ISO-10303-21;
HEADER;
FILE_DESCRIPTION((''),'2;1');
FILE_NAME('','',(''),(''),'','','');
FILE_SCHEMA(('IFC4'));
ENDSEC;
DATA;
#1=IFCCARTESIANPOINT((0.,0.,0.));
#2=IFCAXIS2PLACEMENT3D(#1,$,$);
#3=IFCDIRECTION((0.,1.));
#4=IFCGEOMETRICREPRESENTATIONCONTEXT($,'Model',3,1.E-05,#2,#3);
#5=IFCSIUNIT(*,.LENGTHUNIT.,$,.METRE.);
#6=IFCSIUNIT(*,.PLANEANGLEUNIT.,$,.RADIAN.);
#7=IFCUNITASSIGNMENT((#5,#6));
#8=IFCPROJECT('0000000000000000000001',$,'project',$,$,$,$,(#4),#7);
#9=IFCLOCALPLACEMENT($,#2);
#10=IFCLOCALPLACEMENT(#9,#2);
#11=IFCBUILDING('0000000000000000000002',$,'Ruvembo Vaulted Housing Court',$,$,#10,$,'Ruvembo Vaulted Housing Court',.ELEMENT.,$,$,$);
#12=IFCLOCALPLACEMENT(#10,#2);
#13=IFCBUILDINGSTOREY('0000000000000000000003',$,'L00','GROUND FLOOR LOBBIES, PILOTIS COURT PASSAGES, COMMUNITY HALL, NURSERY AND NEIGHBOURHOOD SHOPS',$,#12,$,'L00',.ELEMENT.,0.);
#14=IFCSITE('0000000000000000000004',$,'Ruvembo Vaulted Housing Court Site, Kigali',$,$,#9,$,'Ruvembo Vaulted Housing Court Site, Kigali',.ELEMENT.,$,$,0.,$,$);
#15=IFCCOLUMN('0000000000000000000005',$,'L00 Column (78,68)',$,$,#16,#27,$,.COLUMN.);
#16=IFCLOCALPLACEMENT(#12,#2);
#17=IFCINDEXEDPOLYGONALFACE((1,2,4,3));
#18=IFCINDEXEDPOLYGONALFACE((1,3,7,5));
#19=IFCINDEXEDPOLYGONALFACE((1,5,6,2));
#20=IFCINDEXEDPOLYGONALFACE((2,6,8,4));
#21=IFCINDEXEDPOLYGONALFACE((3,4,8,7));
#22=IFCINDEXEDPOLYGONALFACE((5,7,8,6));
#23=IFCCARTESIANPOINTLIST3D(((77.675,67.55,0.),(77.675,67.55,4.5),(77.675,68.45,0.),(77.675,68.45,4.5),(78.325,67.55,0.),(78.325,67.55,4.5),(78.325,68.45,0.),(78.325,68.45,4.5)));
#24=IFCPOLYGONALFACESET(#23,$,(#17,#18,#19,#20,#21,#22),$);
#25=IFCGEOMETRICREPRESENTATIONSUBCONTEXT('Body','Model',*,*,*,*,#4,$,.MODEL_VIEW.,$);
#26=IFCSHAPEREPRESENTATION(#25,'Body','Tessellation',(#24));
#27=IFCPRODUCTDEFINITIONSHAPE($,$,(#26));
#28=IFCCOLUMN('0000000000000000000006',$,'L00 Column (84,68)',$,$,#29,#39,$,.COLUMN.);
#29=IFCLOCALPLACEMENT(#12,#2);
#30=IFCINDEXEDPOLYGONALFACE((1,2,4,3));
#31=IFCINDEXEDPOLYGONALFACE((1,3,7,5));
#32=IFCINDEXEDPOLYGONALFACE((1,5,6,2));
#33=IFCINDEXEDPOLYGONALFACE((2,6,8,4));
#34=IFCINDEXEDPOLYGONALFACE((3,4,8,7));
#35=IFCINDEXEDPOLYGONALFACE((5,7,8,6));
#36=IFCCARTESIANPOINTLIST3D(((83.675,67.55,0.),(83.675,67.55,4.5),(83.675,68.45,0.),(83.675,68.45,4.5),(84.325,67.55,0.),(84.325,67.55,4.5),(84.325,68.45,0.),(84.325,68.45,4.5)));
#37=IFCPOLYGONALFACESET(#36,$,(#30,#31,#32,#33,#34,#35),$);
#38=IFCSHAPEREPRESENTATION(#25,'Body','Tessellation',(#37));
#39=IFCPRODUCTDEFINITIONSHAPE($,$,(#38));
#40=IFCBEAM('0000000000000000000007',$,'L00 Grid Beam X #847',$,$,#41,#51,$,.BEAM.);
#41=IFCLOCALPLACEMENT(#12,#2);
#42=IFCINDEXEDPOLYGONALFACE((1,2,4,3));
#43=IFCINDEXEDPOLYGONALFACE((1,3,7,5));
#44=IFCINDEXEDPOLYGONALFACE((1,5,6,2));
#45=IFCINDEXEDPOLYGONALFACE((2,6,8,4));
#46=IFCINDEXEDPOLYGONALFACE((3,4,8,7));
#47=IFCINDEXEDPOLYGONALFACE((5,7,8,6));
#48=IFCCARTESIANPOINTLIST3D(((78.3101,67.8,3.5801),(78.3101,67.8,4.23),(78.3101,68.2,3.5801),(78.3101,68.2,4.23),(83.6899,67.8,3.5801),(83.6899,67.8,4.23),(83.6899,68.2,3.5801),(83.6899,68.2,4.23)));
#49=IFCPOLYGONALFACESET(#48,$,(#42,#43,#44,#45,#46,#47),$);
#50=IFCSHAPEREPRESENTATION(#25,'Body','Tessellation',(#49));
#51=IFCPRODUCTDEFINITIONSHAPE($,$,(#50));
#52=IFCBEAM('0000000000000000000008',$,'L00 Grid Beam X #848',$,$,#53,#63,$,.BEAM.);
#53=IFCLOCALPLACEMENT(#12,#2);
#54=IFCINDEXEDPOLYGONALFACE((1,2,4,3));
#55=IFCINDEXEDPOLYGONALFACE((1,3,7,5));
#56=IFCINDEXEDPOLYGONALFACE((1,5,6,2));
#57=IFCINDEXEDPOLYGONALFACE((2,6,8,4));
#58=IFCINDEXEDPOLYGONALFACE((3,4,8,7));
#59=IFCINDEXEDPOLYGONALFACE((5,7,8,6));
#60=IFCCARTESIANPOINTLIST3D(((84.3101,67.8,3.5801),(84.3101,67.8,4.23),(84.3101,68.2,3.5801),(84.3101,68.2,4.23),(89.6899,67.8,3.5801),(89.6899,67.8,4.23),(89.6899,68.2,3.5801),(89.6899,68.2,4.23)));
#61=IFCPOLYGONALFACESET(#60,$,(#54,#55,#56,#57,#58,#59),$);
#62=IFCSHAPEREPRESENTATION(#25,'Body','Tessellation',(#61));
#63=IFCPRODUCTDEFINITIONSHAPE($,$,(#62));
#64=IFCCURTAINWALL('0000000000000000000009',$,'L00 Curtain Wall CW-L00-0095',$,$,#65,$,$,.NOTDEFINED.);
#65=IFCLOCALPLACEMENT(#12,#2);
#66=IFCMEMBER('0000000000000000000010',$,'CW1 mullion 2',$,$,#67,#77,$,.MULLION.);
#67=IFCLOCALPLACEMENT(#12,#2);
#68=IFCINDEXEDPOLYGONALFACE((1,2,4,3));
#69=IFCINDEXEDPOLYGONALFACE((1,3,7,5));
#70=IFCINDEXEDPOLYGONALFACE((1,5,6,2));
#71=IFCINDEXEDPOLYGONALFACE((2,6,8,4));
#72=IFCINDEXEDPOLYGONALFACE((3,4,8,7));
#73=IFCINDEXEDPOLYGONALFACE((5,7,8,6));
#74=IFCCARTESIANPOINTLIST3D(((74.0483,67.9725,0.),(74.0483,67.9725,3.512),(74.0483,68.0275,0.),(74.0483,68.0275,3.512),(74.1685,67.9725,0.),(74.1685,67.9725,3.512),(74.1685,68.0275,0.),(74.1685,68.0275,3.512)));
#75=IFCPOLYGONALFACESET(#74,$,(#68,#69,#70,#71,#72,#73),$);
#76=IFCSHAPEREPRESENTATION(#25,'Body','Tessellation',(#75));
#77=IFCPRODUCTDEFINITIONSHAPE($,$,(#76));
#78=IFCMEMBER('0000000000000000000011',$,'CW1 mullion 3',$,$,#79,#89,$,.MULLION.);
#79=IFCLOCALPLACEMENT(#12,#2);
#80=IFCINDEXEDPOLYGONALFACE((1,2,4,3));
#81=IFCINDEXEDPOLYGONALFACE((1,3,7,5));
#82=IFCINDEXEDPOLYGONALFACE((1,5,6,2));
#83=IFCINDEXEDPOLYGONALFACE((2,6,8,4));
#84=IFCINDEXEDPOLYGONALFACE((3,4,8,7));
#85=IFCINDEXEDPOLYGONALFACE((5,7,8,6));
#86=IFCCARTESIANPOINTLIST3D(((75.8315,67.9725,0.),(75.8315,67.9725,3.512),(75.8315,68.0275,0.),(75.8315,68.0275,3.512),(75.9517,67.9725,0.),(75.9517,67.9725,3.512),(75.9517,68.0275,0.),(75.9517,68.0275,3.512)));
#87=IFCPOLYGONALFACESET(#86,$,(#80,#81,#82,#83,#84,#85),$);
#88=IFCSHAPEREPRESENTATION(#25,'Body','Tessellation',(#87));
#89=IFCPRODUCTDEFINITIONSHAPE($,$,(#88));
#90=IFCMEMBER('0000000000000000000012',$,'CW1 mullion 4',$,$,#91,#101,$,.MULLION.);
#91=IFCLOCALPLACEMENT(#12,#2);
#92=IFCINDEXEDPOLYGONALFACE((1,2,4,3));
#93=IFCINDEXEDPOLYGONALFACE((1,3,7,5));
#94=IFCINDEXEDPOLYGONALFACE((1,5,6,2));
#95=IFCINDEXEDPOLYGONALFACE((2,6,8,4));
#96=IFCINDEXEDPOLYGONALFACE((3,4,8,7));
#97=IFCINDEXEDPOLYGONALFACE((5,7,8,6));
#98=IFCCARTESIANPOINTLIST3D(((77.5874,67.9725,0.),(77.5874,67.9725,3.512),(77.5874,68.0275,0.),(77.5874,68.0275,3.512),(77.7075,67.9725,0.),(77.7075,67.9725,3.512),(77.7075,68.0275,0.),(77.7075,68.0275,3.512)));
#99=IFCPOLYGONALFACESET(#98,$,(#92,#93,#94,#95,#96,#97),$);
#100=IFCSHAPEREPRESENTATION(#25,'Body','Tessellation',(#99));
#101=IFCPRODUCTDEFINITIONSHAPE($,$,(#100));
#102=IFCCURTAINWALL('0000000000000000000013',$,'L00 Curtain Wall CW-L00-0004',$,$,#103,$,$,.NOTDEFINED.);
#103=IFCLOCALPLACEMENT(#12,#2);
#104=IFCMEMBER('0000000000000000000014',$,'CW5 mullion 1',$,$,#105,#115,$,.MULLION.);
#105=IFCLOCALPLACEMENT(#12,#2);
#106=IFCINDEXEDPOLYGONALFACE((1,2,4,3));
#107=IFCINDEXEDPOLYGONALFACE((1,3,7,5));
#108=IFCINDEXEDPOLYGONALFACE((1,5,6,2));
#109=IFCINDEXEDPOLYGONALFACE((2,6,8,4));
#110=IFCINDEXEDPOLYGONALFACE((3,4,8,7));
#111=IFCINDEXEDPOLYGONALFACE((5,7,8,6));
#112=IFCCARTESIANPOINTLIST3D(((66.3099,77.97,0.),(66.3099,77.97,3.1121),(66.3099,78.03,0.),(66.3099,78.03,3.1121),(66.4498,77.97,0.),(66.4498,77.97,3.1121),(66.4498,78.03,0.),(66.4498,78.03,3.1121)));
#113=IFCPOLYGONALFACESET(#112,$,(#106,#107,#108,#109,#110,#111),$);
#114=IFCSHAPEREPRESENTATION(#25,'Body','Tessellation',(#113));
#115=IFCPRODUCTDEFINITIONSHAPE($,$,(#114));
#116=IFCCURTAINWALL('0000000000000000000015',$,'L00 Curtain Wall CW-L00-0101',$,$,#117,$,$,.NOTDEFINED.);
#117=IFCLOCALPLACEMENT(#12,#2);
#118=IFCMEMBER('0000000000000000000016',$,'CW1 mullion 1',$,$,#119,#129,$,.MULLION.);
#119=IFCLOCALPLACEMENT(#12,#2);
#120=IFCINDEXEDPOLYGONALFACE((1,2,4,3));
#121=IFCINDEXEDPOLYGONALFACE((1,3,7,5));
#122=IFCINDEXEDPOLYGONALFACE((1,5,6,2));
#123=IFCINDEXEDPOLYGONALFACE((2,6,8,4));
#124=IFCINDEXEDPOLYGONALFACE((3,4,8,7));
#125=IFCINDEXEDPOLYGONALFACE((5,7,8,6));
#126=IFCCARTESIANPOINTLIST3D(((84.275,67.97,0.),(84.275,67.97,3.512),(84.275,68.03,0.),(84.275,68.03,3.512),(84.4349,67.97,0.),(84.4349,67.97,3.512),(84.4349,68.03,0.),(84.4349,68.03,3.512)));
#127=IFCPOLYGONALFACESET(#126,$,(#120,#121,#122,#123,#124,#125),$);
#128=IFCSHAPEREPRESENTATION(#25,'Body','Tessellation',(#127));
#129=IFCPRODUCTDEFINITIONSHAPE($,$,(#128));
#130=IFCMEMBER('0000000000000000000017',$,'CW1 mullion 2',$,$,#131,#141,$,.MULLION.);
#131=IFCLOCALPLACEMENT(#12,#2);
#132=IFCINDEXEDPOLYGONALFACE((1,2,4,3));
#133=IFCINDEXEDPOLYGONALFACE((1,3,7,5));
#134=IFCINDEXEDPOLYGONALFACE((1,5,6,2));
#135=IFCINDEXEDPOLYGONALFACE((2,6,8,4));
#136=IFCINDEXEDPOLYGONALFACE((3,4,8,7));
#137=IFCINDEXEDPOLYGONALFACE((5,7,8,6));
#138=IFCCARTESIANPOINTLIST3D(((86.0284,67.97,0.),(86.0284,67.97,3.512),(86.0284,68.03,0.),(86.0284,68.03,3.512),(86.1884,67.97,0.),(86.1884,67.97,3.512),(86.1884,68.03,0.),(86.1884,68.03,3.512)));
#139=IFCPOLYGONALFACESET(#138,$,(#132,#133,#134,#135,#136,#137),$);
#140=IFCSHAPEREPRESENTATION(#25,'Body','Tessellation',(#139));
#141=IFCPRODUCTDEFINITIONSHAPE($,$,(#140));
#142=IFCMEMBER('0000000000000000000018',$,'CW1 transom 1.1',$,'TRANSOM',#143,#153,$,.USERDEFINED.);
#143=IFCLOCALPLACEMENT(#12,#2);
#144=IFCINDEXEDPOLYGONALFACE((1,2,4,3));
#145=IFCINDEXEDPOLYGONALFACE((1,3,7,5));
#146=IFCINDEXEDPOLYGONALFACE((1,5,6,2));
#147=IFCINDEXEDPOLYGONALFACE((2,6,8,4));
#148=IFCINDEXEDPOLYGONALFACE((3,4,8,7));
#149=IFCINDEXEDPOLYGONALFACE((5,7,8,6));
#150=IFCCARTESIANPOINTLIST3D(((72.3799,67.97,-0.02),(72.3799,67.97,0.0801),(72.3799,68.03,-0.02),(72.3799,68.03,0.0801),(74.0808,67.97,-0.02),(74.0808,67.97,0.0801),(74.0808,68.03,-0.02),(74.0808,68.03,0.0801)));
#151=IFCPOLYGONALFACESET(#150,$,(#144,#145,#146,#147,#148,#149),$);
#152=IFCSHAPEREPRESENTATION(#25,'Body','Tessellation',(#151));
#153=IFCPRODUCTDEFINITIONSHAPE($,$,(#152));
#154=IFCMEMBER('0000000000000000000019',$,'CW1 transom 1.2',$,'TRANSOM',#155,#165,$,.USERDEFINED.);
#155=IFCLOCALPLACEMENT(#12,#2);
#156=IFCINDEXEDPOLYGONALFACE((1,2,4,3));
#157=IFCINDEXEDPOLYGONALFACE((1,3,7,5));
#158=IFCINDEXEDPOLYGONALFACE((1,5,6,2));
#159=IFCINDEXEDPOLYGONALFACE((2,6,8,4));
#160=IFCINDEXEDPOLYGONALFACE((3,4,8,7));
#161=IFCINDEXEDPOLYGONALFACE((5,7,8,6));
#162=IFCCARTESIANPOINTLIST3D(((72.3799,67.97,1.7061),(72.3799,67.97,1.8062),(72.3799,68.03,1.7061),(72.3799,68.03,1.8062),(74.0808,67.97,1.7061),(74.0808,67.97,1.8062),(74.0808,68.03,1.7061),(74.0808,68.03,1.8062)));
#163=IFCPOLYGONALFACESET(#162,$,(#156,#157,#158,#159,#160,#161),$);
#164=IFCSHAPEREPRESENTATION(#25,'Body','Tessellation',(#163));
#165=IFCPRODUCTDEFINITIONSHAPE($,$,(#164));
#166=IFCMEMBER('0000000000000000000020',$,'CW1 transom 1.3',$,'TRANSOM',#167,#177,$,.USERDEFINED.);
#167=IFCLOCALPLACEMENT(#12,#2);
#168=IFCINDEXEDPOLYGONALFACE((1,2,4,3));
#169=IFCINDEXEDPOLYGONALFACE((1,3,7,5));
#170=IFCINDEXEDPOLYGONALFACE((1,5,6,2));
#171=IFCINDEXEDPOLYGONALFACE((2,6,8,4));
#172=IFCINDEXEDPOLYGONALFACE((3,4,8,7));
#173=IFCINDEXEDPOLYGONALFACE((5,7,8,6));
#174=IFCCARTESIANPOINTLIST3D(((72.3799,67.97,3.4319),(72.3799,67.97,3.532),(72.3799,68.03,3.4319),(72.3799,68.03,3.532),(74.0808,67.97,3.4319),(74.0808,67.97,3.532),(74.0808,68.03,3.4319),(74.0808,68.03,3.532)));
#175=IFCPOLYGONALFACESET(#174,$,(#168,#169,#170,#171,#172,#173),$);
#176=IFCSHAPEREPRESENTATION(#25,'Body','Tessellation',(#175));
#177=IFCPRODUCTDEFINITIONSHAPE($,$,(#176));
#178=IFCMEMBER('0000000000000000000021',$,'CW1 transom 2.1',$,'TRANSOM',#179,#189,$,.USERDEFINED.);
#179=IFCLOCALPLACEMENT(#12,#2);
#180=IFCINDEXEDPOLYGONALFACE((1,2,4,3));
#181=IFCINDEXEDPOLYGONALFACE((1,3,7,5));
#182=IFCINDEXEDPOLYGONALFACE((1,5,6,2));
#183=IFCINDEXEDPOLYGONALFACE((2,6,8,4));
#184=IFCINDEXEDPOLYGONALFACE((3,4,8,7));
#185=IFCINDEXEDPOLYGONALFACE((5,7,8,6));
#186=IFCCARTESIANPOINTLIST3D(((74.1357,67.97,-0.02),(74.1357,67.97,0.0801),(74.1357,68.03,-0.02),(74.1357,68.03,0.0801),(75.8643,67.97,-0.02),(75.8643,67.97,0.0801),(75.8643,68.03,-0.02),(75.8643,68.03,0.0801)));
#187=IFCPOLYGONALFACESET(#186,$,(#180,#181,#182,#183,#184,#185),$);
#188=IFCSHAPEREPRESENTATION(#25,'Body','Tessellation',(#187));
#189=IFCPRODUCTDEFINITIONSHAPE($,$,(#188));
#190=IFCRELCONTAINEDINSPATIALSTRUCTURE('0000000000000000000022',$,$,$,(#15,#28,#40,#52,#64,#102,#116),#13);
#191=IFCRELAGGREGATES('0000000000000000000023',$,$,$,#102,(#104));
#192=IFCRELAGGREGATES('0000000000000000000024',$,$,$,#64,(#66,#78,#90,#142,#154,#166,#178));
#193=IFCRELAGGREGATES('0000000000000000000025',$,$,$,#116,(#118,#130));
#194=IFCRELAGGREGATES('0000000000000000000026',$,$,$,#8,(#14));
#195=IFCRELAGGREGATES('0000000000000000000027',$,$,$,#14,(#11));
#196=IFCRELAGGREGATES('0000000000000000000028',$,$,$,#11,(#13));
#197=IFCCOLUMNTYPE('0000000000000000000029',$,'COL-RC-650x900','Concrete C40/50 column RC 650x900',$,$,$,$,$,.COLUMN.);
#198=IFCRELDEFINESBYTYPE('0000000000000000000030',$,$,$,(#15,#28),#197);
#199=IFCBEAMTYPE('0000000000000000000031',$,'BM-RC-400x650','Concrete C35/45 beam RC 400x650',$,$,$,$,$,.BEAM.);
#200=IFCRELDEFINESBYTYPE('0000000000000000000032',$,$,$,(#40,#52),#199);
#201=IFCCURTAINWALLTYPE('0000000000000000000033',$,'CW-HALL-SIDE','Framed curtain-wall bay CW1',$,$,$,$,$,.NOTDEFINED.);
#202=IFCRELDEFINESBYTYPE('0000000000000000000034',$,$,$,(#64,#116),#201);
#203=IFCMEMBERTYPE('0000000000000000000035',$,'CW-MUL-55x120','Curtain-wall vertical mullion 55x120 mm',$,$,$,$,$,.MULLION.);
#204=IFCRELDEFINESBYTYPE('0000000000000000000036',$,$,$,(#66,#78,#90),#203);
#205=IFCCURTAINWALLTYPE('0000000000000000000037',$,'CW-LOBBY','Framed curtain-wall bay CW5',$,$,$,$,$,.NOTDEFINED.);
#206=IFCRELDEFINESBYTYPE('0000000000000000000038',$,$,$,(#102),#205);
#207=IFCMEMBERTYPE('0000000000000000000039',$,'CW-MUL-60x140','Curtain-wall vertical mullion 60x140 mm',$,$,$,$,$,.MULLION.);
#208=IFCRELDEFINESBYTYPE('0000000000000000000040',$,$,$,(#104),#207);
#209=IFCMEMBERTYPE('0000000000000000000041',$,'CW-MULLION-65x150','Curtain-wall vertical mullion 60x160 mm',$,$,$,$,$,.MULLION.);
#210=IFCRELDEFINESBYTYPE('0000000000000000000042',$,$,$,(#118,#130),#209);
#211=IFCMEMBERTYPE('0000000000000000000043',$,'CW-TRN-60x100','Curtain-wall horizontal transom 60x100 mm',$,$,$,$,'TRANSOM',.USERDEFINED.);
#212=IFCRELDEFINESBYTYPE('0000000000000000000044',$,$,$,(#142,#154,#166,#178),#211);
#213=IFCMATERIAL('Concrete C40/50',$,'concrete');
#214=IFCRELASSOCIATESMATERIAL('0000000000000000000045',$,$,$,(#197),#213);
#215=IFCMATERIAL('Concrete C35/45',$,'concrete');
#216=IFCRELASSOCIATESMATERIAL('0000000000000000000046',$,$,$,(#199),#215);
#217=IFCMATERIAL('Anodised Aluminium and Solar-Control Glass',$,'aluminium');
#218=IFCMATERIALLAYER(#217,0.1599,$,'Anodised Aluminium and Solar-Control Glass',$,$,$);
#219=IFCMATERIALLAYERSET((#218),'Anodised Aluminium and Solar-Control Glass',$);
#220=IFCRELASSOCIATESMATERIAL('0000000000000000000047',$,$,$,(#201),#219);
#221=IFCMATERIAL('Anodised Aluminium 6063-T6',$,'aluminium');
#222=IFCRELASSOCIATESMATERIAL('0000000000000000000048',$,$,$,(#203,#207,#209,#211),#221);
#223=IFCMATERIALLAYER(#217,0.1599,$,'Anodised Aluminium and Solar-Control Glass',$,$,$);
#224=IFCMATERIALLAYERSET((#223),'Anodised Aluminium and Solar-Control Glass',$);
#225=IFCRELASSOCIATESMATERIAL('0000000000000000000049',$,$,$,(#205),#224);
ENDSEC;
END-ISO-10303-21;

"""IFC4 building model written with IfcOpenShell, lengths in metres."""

from ifc_helpers import new_model, si_unit, direction, frame, origin, origin_2d, place, context, subcontext, project, spatial, rectangle, extrude, material, layer, layer_set, material_profile, profile_set, type_object, element, aggregate, save


model = new_model("IFC4")

# Units and contexts
model_context = context("Model", 3, precision=1e-05, world=origin(), true_north=direction((0.0, 1.0)))
body_context = subcontext(model_context, "Body", "Model", "MODEL_VIEW")
ifc_project = project(units=[si_unit("LENGTHUNIT", "METRE"), si_unit("PLANEANGLEUNIT", "RADIAN")], contexts=[model_context])

# Site, building, storey
site_placement = place(None, origin())
site = spatial("IfcSite", under=ifc_project, at=site_placement, Name="Ruvembo Vaulted Housing Court Site, Kigali", LongName="Ruvembo Vaulted Housing Court Site, Kigali", CompositionType="ELEMENT", RefElevation=0.0)
building_placement = place(site_placement, origin())
building = spatial("IfcBuilding", under=site, at=building_placement, Name="Ruvembo Vaulted Housing Court", LongName="Ruvembo Vaulted Housing Court", CompositionType="ELEMENT")
storey_placement = place(building_placement, origin())
storey = spatial("IfcBuildingStorey", under=building, at=storey_placement, Name="L00", Description="GROUND FLOOR LOBBIES, PILOTIS COURT PASSAGES, COMMUNITY HALL, NURSERY AND NEIGHBOURHOOD SHOPS", LongName="L00", CompositionType="ELEMENT", Elevation=0.0)

# Columns
ifc_material_1 = material(Name="Concrete C40/50", Category="concrete")
ifc_material_profile_1 = material_profile(ifc_material_1, rectangle(XDim=0.6499, YDim=0.8999, at=origin_2d()), Name="RC 650x900")
ifc_profile_set_1 = profile_set([ifc_material_profile_1], Name="Concrete C40/50")
column_type = type_object("IfcColumnType", Name="COL-RC-650x900", Description="Concrete C40/50 column RC 650x900", PredefinedType="COLUMN", material=ifc_profile_set_1)
for number, where, z_axis, x_axis, name in (
    (1, (78.0, 68.0, 0.0), (0.0, 0.0, 1.0), (1.0, 0.0, 0.0), "L00 Column (78,68)"),
    (2, (84.0, 68.0, 0.0), (0.0, 0.0, 1.0), (1.0, 0.0, 0.0), "L00 Column (84,68)"),
):
    element("IfcColumn", number, at=place(storey_placement, frame(where, z_axis=z_axis, x_axis=x_axis)), inside=storey, type_object=column_type, Name=name, PredefinedType="COLUMN", context=body_context, shape_type="SweptSolid", body=[
        extrude(rectangle(XDim=0.6499, YDim=0.8999, at=origin_2d()), origin(), (0.0, 0.0, 1.0), 4.5),
    ])

# Beams
ifc_material_2 = material(Name="Concrete C35/45", Category="concrete")
ifc_material_profile_2 = material_profile(ifc_material_2, rectangle(XDim=0.3999, YDim=0.6499, at=origin_2d()), Name="RC 400x650")
ifc_profile_set_2 = profile_set([ifc_material_profile_2], Name="Concrete C35/45")
beam_type = type_object("IfcBeamType", Name="BM-RC-400x650", Description="Concrete C35/45 beam RC 400x650", PredefinedType="BEAM", material=ifc_profile_set_2)
for number, where, z_axis, x_axis, name in (
    (3, (78.3101, 68.0, 3.905), (1.0, 0.0, 0.0), (0.0, 1.0, 0.0), "L00 Grid Beam X #847"),
    (4, (84.3101, 68.0, 3.905), (1.0, 0.0, 0.0), (0.0, 1.0, 0.0), "L00 Grid Beam X #848"),
):
    element("IfcBeam", number, at=place(storey_placement, frame(where, z_axis=z_axis, x_axis=x_axis)), inside=storey, type_object=beam_type, Name=name, PredefinedType="BEAM", context=body_context, shape_type="SweptSolid", body=[
        extrude(rectangle(XDim=0.3999, YDim=0.6499, at=origin_2d()), origin(), (0.0, 0.0, 1.0), 5.3799),
    ])

# Curtain wall, members
ifc_material_3 = material(Name="Anodised Aluminium and Solar-Control Glass", Category="aluminium")
ifc_layer_1 = layer(ifc_material_3, 0.1599, Name="Anodised Aluminium and Solar-Control Glass")
ifc_layer_set_1 = layer_set([ifc_layer_1], Name="Anodised Aluminium and Solar-Control Glass")
curtain_wall_type_1 = type_object("IfcCurtainWallType", Name="CW-HALL-SIDE", Description="Framed curtain-wall bay CW1", PredefinedType="NOTDEFINED", material=ifc_layer_set_1)
curtain_wall_1_placement = place(storey_placement, origin())
curtain_wall_1 = element("IfcCurtainWall", 5, at=curtain_wall_1_placement, inside=storey, type_object=curtain_wall_type_1, Name="L00 Curtain Wall CW-L00-0095", PredefinedType="NOTDEFINED")
ifc_material_4 = material(Name="Anodised Aluminium 6063-T6", Category="aluminium")
ifc_material_profile_3 = material_profile(ifc_material_4, rectangle(XDim=0.0549, YDim=0.1201, at=origin_2d()), Name="ALU 55x120")
ifc_profile_set_3 = profile_set([ifc_material_profile_3], Name="Anodised Aluminium 6063-T6")
member_type_1 = type_object("IfcMemberType", Name="CW-MUL-55x120", Description="Curtain-wall vertical mullion 55x120 mm", PredefinedType="MULLION", material=ifc_profile_set_3)
member_1_placement = place(storey_placement, frame((74.1084, 68.0, 0.0), z_axis=(0.0, 0.0, 1.0), x_axis=(0.0, 1.0, 0.0)))
member_1 = element("IfcMember", 6, at=member_1_placement, type_object=member_type_1, Name="CW1 mullion 2", PredefinedType="MULLION", context=body_context, shape_type="SweptSolid", body=[
    extrude(rectangle(XDim=0.0549, YDim=0.1201, at=origin_2d()), origin(), (0.0, 0.0, 1.0), 3.512),
])
member_2_placement = place(storey_placement, frame((75.8916, 68.0, 0.0), z_axis=(0.0, 0.0, 1.0), x_axis=(0.0, 1.0, 0.0)))
member_2 = element("IfcMember", 7, at=member_2_placement, type_object=member_type_1, Name="CW1 mullion 3", PredefinedType="MULLION", context=body_context, shape_type="SweptSolid", body=[
    extrude(rectangle(XDim=0.0549, YDim=0.1201, at=origin_2d()), origin(), (0.0, 0.0, 1.0), 3.512),
])
member_3_placement = place(storey_placement, frame((77.6475, 68.0, 0.0), z_axis=(0.0, 0.0, 1.0), x_axis=(0.0, 1.0, 0.0)))
member_3 = element("IfcMember", 8, at=member_3_placement, type_object=member_type_1, Name="CW1 mullion 4", PredefinedType="MULLION", context=body_context, shape_type="SweptSolid", body=[
    extrude(rectangle(XDim=0.0549, YDim=0.1201, at=origin_2d()), origin(), (0.0, 0.0, 1.0), 3.512),
])

# Curtain wall, member
ifc_layer_2 = layer(ifc_material_3, 0.1599, Name="Anodised Aluminium and Solar-Control Glass")
ifc_layer_set_2 = layer_set([ifc_layer_2], Name="Anodised Aluminium and Solar-Control Glass")
curtain_wall_type_2 = type_object("IfcCurtainWallType", Name="CW-LOBBY", Description="Framed curtain-wall bay CW5", PredefinedType="NOTDEFINED", material=ifc_layer_set_2)
curtain_wall_2_placement = place(storey_placement, origin())
curtain_wall_2 = element("IfcCurtainWall", 9, at=curtain_wall_2_placement, inside=storey, type_object=curtain_wall_type_2, Name="L00 Curtain Wall CW-L00-0004", PredefinedType="NOTDEFINED")
ifc_material_profile_4 = material_profile(ifc_material_4, rectangle(XDim=0.0601, YDim=0.1399, at=origin_2d()), Name="ALU 60x140")
ifc_profile_set_4 = profile_set([ifc_material_profile_4], Name="Anodised Aluminium 6063-T6")
member_type_2 = type_object("IfcMemberType", Name="CW-MUL-60x140", Description="Curtain-wall vertical mullion 60x140 mm", PredefinedType="MULLION", material=ifc_profile_set_4)
member_4_placement = place(storey_placement, frame((66.3799, 78.0, 0.0), z_axis=(0.0, 0.0, 1.0), x_axis=(0.0, 1.0, 0.0)))
member_4 = element("IfcMember", 10, at=member_4_placement, type_object=member_type_2, Name="CW5 mullion 1", PredefinedType="MULLION", context=body_context, shape_type="SweptSolid", body=[
    extrude(rectangle(XDim=0.0601, YDim=0.1399, at=origin_2d()), origin(), (0.0, 0.0, 1.0), 3.1121),
])
aggregate(curtain_wall_2, [member_4])

# Curtain wall, members
curtain_wall_3_placement = place(storey_placement, origin())
curtain_wall_3 = element("IfcCurtainWall", 11, at=curtain_wall_3_placement, inside=storey, type_object=curtain_wall_type_1, Name="L00 Curtain Wall CW-L00-0101", PredefinedType="NOTDEFINED")
ifc_material_profile_5 = material_profile(ifc_material_4, rectangle(XDim=0.0601, YDim=0.1599, at=origin_2d()), Name="ALU 60x160")
ifc_profile_set_5 = profile_set([ifc_material_profile_5], Name="Anodised Aluminium 6063-T6")
member_type_3 = type_object("IfcMemberType", Name="CW-MULLION-65x150", Description="Curtain-wall vertical mullion 60x160 mm", PredefinedType="MULLION", material=ifc_profile_set_5)
member_5_placement = place(storey_placement, frame((84.355, 68.0, 0.0), z_axis=(0.0, 0.0, 1.0), x_axis=(0.0, 1.0, 0.0)))
member_5 = element("IfcMember", 12, at=member_5_placement, type_object=member_type_3, Name="CW1 mullion 1", PredefinedType="MULLION", context=body_context, shape_type="SweptSolid", body=[
    extrude(rectangle(XDim=0.0601, YDim=0.1599, at=origin_2d()), origin(), (0.0, 0.0, 1.0), 3.512),
])
member_6_placement = place(storey_placement, frame((86.1084, 68.0, 0.0), z_axis=(0.0, 0.0, 1.0), x_axis=(0.0, 1.0, 0.0)))
member_6 = element("IfcMember", 13, at=member_6_placement, type_object=member_type_3, Name="CW1 mullion 2", PredefinedType="MULLION", context=body_context, shape_type="SweptSolid", body=[
    extrude(rectangle(XDim=0.0601, YDim=0.1599, at=origin_2d()), origin(), (0.0, 0.0, 1.0), 3.512),
])

# Members
ifc_material_profile_6 = material_profile(ifc_material_4, rectangle(XDim=0.0601, YDim=0.1001, at=origin_2d()), Name="ALU 60x100")
ifc_profile_set_6 = profile_set([ifc_material_profile_6], Name="Anodised Aluminium 6063-T6")
member_type_4 = type_object("IfcMemberType", Name="CW-TRN-60x100", Description="Curtain-wall horizontal transom 60x100 mm", ElementType="TRANSOM", PredefinedType="USERDEFINED", material=ifc_profile_set_6)
member_7_placement = place(storey_placement, frame((72.3799, 68.0, 0.03), z_axis=(1.0, 0.0, 0.0), x_axis=(0.0, 1.0, 0.0)))
member_7 = element("IfcMember", 14, at=member_7_placement, type_object=member_type_4, Name="CW1 transom 1.1", ObjectType="TRANSOM", PredefinedType="USERDEFINED", context=body_context, shape_type="SweptSolid", body=[
    extrude(rectangle(XDim=0.0601, YDim=0.1001, at=origin_2d()), origin(), (0.0, 0.0, 1.0), 1.7009),
])
member_8_placement = place(storey_placement, frame((72.3799, 68.0, 1.7561), z_axis=(1.0, 0.0, 0.0), x_axis=(0.0, 1.0, 0.0)))
member_8 = element("IfcMember", 15, at=member_8_placement, type_object=member_type_4, Name="CW1 transom 1.2", ObjectType="TRANSOM", PredefinedType="USERDEFINED", context=body_context, shape_type="SweptSolid", body=[
    extrude(rectangle(XDim=0.0601, YDim=0.1001, at=origin_2d()), origin(), (0.0, 0.0, 1.0), 1.7009),
])
member_9_placement = place(storey_placement, frame((72.3799, 68.0, 3.4819), z_axis=(1.0, 0.0, 0.0), x_axis=(0.0, 1.0, 0.0)))
member_9 = element("IfcMember", 16, at=member_9_placement, type_object=member_type_4, Name="CW1 transom 1.3", ObjectType="TRANSOM", PredefinedType="USERDEFINED", context=body_context, shape_type="SweptSolid", body=[
    extrude(rectangle(XDim=0.0601, YDim=0.1001, at=origin_2d()), origin(), (0.0, 0.0, 1.0), 1.7009),
])
member_10_placement = place(storey_placement, frame((74.1357, 68.0, 0.03), z_axis=(1.0, 0.0, 0.0), x_axis=(0.0, 1.0, 0.0)))
member_10 = element("IfcMember", 17, at=member_10_placement, type_object=member_type_4, Name="CW1 transom 2.1", ObjectType="TRANSOM", PredefinedType="USERDEFINED", context=body_context, shape_type="SweptSolid", body=[
    extrude(rectangle(XDim=0.0601, YDim=0.1001, at=origin_2d()), origin(), (0.0, 0.0, 1.0), 1.7285),
])

aggregate(curtain_wall_1, [member_1, member_2, member_3, member_7, member_8, member_9, member_10])
aggregate(curtain_wall_3, [member_5, member_6])

save(model, "model.ifc")
